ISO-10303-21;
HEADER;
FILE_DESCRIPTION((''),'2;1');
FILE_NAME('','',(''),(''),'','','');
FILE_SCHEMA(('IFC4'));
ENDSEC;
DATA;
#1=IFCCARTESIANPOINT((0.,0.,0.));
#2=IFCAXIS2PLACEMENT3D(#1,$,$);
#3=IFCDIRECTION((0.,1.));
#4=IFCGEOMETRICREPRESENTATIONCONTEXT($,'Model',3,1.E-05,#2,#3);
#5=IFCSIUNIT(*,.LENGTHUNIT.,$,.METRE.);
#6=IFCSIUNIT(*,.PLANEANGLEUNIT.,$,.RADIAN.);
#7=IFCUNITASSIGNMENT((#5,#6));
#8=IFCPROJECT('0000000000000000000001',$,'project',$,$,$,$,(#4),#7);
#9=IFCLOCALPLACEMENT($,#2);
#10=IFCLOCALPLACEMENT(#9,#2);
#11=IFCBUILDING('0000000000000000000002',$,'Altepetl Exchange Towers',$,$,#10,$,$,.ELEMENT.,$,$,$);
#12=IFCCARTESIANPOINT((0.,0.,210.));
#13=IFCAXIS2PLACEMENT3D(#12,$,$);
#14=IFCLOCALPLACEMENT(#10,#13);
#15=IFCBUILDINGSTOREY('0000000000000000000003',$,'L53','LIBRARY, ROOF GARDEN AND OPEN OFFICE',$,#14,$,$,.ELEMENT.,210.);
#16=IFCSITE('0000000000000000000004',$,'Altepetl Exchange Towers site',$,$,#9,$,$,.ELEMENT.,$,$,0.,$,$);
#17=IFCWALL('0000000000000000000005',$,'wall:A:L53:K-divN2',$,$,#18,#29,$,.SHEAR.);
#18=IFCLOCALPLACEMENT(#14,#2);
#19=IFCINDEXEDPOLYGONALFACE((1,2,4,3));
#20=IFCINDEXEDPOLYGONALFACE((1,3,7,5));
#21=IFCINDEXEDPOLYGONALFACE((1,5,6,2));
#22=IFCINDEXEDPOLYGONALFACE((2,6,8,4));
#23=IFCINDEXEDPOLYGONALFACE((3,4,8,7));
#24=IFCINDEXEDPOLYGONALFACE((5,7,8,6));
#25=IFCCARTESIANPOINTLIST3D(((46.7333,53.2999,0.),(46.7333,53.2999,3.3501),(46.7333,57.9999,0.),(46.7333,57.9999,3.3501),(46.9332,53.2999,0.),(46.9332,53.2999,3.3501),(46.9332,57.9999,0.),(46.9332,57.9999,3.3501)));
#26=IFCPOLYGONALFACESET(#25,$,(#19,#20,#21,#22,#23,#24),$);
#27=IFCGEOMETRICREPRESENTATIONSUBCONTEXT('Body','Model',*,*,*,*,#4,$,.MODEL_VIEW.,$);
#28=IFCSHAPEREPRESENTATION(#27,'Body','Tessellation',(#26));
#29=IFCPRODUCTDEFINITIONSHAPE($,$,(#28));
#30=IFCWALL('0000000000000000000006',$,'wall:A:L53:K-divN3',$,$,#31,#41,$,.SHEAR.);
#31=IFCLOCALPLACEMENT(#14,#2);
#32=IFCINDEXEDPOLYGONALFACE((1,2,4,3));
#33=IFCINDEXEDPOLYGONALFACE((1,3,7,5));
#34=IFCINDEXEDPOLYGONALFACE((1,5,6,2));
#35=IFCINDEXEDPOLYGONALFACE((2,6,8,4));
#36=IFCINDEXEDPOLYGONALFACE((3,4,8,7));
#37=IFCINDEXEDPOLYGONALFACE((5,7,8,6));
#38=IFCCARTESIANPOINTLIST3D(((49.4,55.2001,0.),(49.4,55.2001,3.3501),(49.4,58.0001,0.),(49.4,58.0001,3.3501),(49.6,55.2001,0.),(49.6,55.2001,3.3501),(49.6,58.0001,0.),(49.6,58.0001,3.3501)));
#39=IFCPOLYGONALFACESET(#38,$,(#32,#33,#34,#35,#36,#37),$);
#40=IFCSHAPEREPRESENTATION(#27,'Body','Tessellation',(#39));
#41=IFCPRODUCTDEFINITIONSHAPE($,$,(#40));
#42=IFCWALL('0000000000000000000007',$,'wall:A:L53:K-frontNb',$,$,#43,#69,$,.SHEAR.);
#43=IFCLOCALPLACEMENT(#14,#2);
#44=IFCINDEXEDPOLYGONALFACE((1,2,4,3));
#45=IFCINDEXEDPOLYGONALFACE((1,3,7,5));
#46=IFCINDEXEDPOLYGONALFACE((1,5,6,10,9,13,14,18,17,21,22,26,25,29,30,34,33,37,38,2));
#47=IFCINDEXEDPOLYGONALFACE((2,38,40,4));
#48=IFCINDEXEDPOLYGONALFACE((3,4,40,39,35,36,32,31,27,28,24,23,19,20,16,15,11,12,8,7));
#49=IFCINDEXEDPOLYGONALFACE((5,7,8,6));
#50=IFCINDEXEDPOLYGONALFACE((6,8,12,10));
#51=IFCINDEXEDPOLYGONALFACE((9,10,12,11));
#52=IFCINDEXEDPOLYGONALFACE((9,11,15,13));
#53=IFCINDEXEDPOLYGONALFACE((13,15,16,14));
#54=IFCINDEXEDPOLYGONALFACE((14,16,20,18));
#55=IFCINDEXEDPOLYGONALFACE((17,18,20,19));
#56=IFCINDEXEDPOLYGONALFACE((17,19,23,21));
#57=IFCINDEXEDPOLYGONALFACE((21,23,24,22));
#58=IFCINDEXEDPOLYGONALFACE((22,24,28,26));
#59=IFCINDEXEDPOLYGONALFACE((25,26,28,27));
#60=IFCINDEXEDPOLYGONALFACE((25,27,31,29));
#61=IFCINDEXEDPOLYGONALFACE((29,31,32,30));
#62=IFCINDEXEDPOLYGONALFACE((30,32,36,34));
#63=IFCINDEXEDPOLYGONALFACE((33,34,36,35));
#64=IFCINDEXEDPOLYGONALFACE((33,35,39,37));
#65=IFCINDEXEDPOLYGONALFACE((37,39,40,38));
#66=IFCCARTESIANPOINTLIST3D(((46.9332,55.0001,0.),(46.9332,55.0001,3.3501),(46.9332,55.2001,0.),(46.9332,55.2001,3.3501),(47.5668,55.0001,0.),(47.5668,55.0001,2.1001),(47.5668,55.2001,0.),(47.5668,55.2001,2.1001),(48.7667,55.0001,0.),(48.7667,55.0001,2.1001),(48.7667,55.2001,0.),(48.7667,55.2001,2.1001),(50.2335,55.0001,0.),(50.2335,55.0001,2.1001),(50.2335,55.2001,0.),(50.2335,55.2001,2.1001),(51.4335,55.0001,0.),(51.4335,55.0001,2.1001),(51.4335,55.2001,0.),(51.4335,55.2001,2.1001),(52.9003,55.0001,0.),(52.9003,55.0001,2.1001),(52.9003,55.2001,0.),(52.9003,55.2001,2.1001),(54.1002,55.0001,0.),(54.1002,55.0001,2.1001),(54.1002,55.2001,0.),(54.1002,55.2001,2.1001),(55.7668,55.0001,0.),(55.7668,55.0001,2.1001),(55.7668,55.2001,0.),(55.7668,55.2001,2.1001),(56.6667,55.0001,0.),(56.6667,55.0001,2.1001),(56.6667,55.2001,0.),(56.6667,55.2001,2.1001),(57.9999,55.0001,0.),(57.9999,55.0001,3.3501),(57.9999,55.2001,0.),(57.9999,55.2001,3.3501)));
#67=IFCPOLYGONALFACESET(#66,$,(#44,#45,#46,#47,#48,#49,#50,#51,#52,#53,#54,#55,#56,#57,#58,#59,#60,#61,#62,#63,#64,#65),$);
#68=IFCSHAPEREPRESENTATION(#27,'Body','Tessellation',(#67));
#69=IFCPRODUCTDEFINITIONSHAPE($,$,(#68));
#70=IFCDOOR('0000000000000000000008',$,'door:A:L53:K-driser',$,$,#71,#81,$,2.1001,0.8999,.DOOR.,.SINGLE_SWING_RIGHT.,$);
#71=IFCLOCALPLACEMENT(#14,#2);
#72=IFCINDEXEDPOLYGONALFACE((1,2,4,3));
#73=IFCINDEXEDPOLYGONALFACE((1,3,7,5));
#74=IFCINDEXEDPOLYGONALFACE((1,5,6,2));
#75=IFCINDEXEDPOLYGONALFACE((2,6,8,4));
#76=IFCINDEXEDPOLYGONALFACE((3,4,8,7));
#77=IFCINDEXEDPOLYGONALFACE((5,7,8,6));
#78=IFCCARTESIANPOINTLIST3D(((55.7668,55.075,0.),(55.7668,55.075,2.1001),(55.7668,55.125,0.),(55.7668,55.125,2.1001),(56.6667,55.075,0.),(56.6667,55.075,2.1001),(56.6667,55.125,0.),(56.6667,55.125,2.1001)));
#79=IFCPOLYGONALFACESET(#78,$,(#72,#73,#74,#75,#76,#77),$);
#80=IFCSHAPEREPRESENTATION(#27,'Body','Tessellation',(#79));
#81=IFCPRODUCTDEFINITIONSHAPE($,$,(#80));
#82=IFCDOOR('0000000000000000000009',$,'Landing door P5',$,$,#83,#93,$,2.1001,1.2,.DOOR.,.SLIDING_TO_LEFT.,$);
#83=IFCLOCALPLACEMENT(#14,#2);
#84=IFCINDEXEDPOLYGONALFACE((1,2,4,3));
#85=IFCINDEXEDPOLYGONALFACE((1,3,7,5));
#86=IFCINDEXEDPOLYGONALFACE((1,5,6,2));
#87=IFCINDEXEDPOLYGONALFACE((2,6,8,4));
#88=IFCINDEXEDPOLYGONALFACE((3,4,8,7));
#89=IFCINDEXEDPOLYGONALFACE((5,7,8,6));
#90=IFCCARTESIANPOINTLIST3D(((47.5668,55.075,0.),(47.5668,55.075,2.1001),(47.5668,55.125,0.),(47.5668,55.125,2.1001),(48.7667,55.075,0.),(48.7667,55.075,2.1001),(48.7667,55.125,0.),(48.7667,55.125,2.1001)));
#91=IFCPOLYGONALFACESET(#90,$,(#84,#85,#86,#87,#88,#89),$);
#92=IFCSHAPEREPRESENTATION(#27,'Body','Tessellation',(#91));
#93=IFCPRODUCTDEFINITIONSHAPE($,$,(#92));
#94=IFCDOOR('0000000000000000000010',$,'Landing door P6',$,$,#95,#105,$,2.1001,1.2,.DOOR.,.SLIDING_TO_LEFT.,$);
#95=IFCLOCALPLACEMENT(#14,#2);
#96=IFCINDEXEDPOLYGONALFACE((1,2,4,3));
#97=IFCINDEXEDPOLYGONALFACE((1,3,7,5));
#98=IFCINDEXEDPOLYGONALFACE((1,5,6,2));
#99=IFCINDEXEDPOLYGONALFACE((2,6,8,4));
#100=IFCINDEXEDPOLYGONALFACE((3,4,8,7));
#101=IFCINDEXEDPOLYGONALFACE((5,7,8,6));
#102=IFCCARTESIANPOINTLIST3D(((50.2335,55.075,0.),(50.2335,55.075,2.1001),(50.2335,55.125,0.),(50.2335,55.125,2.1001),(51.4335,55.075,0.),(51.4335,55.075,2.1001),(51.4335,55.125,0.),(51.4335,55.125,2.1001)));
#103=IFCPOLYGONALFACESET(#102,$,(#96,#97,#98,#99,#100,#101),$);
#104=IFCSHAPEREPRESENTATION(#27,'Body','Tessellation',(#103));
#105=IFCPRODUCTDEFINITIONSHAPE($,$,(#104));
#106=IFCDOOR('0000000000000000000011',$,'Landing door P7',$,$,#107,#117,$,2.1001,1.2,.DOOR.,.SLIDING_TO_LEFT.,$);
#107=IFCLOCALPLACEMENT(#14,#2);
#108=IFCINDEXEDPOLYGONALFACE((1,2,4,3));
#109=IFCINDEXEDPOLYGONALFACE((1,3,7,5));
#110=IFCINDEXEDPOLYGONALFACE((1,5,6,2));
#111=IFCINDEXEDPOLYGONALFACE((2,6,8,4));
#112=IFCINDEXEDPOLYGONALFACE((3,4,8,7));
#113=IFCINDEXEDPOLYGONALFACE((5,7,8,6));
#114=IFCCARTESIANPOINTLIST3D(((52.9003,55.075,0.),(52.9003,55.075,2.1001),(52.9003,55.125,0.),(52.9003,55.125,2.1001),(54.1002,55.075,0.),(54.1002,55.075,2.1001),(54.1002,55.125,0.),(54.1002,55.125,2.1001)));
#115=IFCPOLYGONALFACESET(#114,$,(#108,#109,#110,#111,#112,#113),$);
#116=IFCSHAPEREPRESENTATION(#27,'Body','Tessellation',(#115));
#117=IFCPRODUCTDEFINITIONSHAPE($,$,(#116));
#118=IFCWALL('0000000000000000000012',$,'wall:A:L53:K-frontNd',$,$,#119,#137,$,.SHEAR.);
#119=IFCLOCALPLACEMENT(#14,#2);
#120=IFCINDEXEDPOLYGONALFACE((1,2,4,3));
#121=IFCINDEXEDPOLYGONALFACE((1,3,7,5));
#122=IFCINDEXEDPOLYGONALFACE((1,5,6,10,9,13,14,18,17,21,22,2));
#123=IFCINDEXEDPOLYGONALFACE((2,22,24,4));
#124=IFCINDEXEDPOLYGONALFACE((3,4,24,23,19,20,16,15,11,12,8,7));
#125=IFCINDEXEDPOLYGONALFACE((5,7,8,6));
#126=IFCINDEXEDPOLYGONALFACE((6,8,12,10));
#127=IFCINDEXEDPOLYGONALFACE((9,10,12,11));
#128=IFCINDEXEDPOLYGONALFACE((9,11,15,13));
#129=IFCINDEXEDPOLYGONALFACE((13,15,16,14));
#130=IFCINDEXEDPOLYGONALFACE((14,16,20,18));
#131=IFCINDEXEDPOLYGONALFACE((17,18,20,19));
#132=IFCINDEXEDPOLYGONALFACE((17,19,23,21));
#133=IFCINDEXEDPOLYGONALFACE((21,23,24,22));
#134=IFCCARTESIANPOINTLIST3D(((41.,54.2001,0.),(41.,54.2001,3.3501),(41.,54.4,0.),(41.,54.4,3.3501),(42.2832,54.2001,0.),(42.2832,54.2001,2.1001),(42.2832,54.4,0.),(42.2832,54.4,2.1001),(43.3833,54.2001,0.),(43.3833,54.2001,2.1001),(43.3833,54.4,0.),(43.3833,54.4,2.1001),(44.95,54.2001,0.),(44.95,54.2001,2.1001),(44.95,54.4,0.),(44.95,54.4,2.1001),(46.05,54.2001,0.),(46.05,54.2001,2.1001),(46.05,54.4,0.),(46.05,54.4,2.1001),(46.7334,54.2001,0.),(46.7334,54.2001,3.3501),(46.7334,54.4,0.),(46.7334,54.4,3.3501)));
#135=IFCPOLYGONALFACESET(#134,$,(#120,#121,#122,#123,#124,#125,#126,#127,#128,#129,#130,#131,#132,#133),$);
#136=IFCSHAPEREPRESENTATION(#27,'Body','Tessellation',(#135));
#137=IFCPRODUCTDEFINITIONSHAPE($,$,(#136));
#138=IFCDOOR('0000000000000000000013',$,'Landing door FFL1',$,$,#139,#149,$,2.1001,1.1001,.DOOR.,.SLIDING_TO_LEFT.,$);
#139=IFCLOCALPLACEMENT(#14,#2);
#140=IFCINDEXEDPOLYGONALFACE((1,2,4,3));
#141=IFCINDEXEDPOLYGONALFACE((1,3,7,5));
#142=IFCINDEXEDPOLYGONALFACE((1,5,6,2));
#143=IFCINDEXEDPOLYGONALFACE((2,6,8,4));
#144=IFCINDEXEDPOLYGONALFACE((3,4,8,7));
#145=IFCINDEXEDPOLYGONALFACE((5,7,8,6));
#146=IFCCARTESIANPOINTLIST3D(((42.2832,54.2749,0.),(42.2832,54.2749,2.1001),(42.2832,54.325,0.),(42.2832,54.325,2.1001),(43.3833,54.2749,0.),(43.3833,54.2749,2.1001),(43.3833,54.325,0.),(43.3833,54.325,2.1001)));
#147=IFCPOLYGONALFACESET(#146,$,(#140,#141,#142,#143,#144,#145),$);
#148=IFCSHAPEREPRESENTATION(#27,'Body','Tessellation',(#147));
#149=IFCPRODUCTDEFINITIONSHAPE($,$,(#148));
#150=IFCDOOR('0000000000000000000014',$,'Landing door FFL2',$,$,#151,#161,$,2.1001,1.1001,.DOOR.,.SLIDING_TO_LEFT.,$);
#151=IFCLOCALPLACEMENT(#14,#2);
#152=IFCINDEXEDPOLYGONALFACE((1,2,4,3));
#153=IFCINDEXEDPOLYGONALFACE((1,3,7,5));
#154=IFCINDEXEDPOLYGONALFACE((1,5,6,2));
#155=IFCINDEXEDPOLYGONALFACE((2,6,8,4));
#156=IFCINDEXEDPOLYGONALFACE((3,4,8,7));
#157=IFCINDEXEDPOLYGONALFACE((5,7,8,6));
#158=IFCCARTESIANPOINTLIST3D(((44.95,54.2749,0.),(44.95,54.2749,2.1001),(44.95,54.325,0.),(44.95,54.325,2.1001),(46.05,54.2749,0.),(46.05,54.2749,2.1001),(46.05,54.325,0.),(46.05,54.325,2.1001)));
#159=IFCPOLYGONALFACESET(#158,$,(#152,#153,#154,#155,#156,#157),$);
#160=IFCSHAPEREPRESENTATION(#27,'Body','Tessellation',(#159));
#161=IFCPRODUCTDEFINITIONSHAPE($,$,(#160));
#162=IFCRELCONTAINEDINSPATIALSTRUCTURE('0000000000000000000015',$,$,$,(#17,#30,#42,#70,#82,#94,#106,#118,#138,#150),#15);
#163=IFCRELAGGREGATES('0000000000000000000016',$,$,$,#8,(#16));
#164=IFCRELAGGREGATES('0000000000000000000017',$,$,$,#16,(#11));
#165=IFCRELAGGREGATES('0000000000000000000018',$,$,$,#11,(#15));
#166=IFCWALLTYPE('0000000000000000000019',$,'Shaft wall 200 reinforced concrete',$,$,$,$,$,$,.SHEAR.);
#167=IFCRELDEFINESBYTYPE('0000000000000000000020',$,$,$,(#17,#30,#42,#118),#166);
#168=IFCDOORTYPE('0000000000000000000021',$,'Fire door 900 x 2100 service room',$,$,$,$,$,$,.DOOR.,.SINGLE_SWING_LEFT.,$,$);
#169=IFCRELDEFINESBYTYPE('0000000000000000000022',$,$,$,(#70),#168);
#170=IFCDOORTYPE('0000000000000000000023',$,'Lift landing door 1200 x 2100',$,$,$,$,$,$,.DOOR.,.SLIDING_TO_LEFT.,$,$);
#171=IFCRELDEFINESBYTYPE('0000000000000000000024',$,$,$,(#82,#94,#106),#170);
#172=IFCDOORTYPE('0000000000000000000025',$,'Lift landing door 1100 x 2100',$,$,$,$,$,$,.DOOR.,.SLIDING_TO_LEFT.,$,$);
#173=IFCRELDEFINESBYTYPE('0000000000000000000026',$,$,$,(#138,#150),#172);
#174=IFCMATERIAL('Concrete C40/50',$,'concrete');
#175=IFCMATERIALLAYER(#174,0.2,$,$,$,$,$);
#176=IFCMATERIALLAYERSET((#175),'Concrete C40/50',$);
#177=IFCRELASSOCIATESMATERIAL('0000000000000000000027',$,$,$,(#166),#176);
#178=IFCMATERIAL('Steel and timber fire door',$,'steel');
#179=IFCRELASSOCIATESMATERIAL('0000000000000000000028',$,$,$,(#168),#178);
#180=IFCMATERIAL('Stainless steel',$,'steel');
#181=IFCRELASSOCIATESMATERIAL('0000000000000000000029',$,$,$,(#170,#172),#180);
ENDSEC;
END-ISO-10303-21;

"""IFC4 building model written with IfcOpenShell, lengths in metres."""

from ifc_helpers import new_model, si_unit, direction, frame, frame_2d, origin, place, context, subcontext, project, spatial, rectangle, extrude, material, layer, layer_set, type_object, element, fill, save


model = new_model("IFC4")

# Units and contexts
model_context = context("Model", 3, precision=1e-05, world=origin(), true_north=direction((0.0, 1.0)))
body_context = subcontext(model_context, "Body", "Model", "MODEL_VIEW")
ifc_project = project(units=[si_unit("LENGTHUNIT", "METRE"), si_unit("PLANEANGLEUNIT", "RADIAN")], contexts=[model_context])

# Site, building, storey
site_placement = place(None, origin())
site = spatial("IfcSite", under=ifc_project, at=site_placement, Name="Altepetl Exchange Towers site", CompositionType="ELEMENT", RefElevation=0.0)
building_placement = place(site_placement, origin())
building = spatial("IfcBuilding", under=site, at=building_placement, Name="Altepetl Exchange Towers", CompositionType="ELEMENT")
storey_placement = place(building_placement, frame((0.0, 0.0, 210.0)))
storey = spatial("IfcBuildingStorey", under=building, at=storey_placement, Name="L53", Description="LIBRARY, ROOF GARDEN AND OPEN OFFICE", CompositionType="ELEMENT", Elevation=210.0)

# Shared definitions
ifc_material_1 = material(Name="Steel and timber fire door", Category="steel")

# Walls
ifc_material_2 = material(Name="Concrete C40/50", Category="concrete")
ifc_layer_1 = layer(ifc_material_2, 0.2)
ifc_layer_set_1 = layer_set([ifc_layer_1], Name="Concrete C40/50")
wall_type_1 = type_object("IfcWallType", Name="Shaft wall 200 reinforced concrete", PredefinedType="SHEAR", material=ifc_layer_set_1)
wall_1_placement = place(storey_placement, frame((46.8333, 58.0, 0.0), z_axis=(0.0, 0.0, 1.0), x_axis=(0.0, -1.0, 0.0)))
element("IfcWall", 1, at=wall_1_placement, inside=storey, type_object=wall_type_1, Name="wall:A:L53:K-divN2", PredefinedType="SHEAR", context=body_context, shape_type="SweptSolid", body=[
    extrude(rectangle(XDim=4.7, YDim=0.2, at=frame_2d((2.3501, 0.0))), origin(), (0.0, 0.0, 1.0), 3.3501),
])
wall_2_placement = place(storey_placement, frame((49.5, 58.0, 0.0), z_axis=(0.0, 0.0, 1.0), x_axis=(0.0, -1.0, 0.0)))
element("IfcWall", 2, at=wall_2_placement, inside=storey, type_object=wall_type_1, Name="wall:A:L53:K-divN3", PredefinedType="SHEAR", context=body_context, shape_type="SweptSolid", body=[
    extrude(rectangle(XDim=2.8, YDim=0.2, at=frame_2d((1.3999, 0.0))), origin(), (0.0, 0.0, 1.0), 3.3501),
])

# Walls, openings, doors
wall_3_placement = place(storey_placement, frame((46.9333, 55.1001, 0.0)))
wall_3 = element("IfcWall", 3, at=wall_3_placement, inside=storey, type_object=wall_type_1, Name="wall:A:L53:K-frontNb", PredefinedType="SHEAR", context=body_context, shape_type="SweptSolid", body=[
    extrude(rectangle(XDim=11.0667, YDim=0.2, at=frame_2d((5.5332, 0.0))), origin(), (0.0, 0.0, 1.0), 3.3501),
])
opening_1_placement = place(wall_3_placement, frame((8.8335, 0.0, 0.0)))
opening_1 = element("IfcOpeningElement", 4, at=opening_1_placement, cuts=wall_3, PredefinedType="OPENING", context=body_context, shape_type="SweptSolid", body=[
    extrude(rectangle(XDim=0.8999, YDim=2.1001, at=frame_2d((0.45, 1.05))), frame((0.0, 0.1099, 0.0), z_axis=(0.0, -1.0, 0.0), x_axis=(1.0, 0.0, 0.0)), (0.0, 0.0, 1.0), 0.22),
])
opening_2_placement = place(wall_3_placement, frame((0.6333, 0.0, 0.0)))
opening_2 = element("IfcOpeningElement", 5, at=opening_2_placement, cuts=wall_3, PredefinedType="OPENING", context=body_context, shape_type="SweptSolid", body=[
    extrude(rectangle(XDim=1.2, YDim=2.1001, at=frame_2d((0.6001, 1.05))), frame((0.0, 0.1099, 0.0), z_axis=(0.0, -1.0, 0.0), x_axis=(1.0, 0.0, 0.0)), (0.0, 0.0, 1.0), 0.22),
])
opening_3_placement = place(wall_3_placement, frame((3.3, 0.0, 0.0)))
opening_3 = element("IfcOpeningElement", 6, at=opening_3_placement, cuts=wall_3, PredefinedType="OPENING", context=body_context, shape_type="SweptSolid", body=[
    extrude(rectangle(XDim=1.2, YDim=2.1001, at=frame_2d((0.6001, 1.05))), frame((0.0, 0.1099, 0.0), z_axis=(0.0, -1.0, 0.0), x_axis=(1.0, 0.0, 0.0)), (0.0, 0.0, 1.0), 0.22),
])
opening_4_placement = place(wall_3_placement, frame((5.9668, 0.0, 0.0)))
opening_4 = element("IfcOpeningElement", 7, at=opening_4_placement, cuts=wall_3, PredefinedType="OPENING", context=body_context, shape_type="SweptSolid", body=[
    extrude(rectangle(XDim=1.2, YDim=2.1001, at=frame_2d((0.6001, 1.05))), frame((0.0, 0.1099, 0.0), z_axis=(0.0, -1.0, 0.0), x_axis=(1.0, 0.0, 0.0)), (0.0, 0.0, 1.0), 0.22),
])
door_type_1 = type_object("IfcDoorType", Name="Fire door 900 x 2100 service room", OperationType="SINGLE_SWING_LEFT", PredefinedType="DOOR", material=ifc_material_1)
door_1_placement = place(opening_1_placement, origin())
door_1 = element("IfcDoor", 8, at=door_1_placement, inside=storey, type_object=door_type_1, Name="door:A:L53:K-driser", OperationType="SINGLE_SWING_RIGHT", OverallHeight=2.1001, OverallWidth=0.8999, PredefinedType="DOOR", context=body_context, shape_type="SweptSolid", body=[
    extrude(rectangle(XDim=0.8999, YDim=2.1001, at=frame_2d((0.45, 1.05))), frame((0.0, 0.0249, 0.0), z_axis=(0.0, -1.0, 0.0), x_axis=(1.0, 0.0, 0.0)), (0.0, 0.0, 1.0), 0.05),
])
fill(opening_1, door_1)
ifc_material_3 = material(Name="Stainless steel", Category="steel")
door_type_2 = type_object("IfcDoorType", Name="Lift landing door 1200 x 2100", OperationType="SLIDING_TO_LEFT", PredefinedType="DOOR", material=ifc_material_3)
door_2_placement = place(opening_2_placement, origin())
door_2 = element("IfcDoor", 9, at=door_2_placement, inside=storey, type_object=door_type_2, Name="Landing door P5", OperationType="SLIDING_TO_LEFT", OverallHeight=2.1001, OverallWidth=1.2, PredefinedType="DOOR", context=body_context, shape_type="SweptSolid", body=[
    extrude(rectangle(XDim=1.2, YDim=2.1001, at=frame_2d((0.6001, 1.05))), frame((0.0, 0.0249, 0.0), z_axis=(0.0, -1.0, 0.0), x_axis=(1.0, 0.0, 0.0)), (0.0, 0.0, 1.0), 0.05),
])
fill(opening_2, door_2)
door_3_placement = place(opening_3_placement, origin())
door_3 = element("IfcDoor", 10, at=door_3_placement, inside=storey, type_object=door_type_2, Name="Landing door P6", OperationType="SLIDING_TO_LEFT", OverallHeight=2.1001, OverallWidth=1.2, PredefinedType="DOOR", context=body_context, shape_type="SweptSolid", body=[
    extrude(rectangle(XDim=1.2, YDim=2.1001, at=frame_2d((0.6001, 1.05))), frame((0.0, 0.0249, 0.0), z_axis=(0.0, -1.0, 0.0), x_axis=(1.0, 0.0, 0.0)), (0.0, 0.0, 1.0), 0.05),
])
fill(opening_3, door_3)
door_4_placement = place(opening_4_placement, origin())
door_4 = element("IfcDoor", 11, at=door_4_placement, inside=storey, type_object=door_type_2, Name="Landing door P7", OperationType="SLIDING_TO_LEFT", OverallHeight=2.1001, OverallWidth=1.2, PredefinedType="DOOR", context=body_context, shape_type="SweptSolid", body=[
    extrude(rectangle(XDim=1.2, YDim=2.1001, at=frame_2d((0.6001, 1.05))), frame((0.0, 0.0249, 0.0), z_axis=(0.0, -1.0, 0.0), x_axis=(1.0, 0.0, 0.0)), (0.0, 0.0, 1.0), 0.05),
])
fill(opening_4, door_4)
wall_4_placement = place(storey_placement, frame((41.0, 54.3, 0.0)))
wall_4 = element("IfcWall", 12, at=wall_4_placement, inside=storey, type_object=wall_type_1, Name="wall:A:L53:K-frontNd", PredefinedType="SHEAR", context=body_context, shape_type="SweptSolid", body=[
    extrude(rectangle(XDim=5.7334, YDim=0.2, at=frame_2d((2.8667, 0.0))), origin(), (0.0, 0.0, 1.0), 3.3501),
])
opening_5_placement = place(wall_4_placement, frame((1.2832, 0.0, 0.0)))
opening_5 = element("IfcOpeningElement", 13, at=opening_5_placement, cuts=wall_4, PredefinedType="OPENING", context=body_context, shape_type="SweptSolid", body=[
    extrude(rectangle(XDim=1.1001, YDim=2.1001, at=frame_2d((0.55, 1.05))), frame((0.0, 0.1099, 0.0), z_axis=(0.0, -1.0, 0.0), x_axis=(1.0, 0.0, 0.0)), (0.0, 0.0, 1.0), 0.22),
])
opening_6_placement = place(wall_4_placement, frame((3.95, 0.0, 0.0)))
opening_6 = element("IfcOpeningElement", 14, at=opening_6_placement, cuts=wall_4, PredefinedType="OPENING", context=body_context, shape_type="SweptSolid", body=[
    extrude(rectangle(XDim=1.1001, YDim=2.1001, at=frame_2d((0.55, 1.05))), frame((0.0, 0.1099, 0.0), z_axis=(0.0, -1.0, 0.0), x_axis=(1.0, 0.0, 0.0)), (0.0, 0.0, 1.0), 0.22),
])
door_type_3 = type_object("IfcDoorType", Name="Lift landing door 1100 x 2100", OperationType="SLIDING_TO_LEFT", PredefinedType="DOOR", material=ifc_material_3)
door_5_placement = place(opening_5_placement, origin())
door_5 = element("IfcDoor", 15, at=door_5_placement, inside=storey, type_object=door_type_3, Name="Landing door FFL1", OperationType="SLIDING_TO_LEFT", OverallHeight=2.1001, OverallWidth=1.1001, PredefinedType="DOOR", context=body_context, shape_type="SweptSolid", body=[
    extrude(rectangle(XDim=1.1001, YDim=2.1001, at=frame_2d((0.55, 1.05))), frame((0.0, 0.0249, 0.0), z_axis=(0.0, -1.0, 0.0), x_axis=(1.0, 0.0, 0.0)), (0.0, 0.0, 1.0), 0.05),
])
fill(opening_5, door_5)
door_6_placement = place(opening_6_placement, origin())
door_6 = element("IfcDoor", 16, at=door_6_placement, inside=storey, type_object=door_type_3, Name="Landing door FFL2", OperationType="SLIDING_TO_LEFT", OverallHeight=2.1001, OverallWidth=1.1001, PredefinedType="DOOR", context=body_context, shape_type="SweptSolid", body=[
    extrude(rectangle(XDim=1.1001, YDim=2.1001, at=frame_2d((0.55, 1.05))), frame((0.0, 0.0249, 0.0), z_axis=(0.0, -1.0, 0.0), x_axis=(1.0, 0.0, 0.0)), (0.0, 0.0, 1.0), 0.05),
])
fill(opening_6, door_6)

save(model, "model.ifc")
